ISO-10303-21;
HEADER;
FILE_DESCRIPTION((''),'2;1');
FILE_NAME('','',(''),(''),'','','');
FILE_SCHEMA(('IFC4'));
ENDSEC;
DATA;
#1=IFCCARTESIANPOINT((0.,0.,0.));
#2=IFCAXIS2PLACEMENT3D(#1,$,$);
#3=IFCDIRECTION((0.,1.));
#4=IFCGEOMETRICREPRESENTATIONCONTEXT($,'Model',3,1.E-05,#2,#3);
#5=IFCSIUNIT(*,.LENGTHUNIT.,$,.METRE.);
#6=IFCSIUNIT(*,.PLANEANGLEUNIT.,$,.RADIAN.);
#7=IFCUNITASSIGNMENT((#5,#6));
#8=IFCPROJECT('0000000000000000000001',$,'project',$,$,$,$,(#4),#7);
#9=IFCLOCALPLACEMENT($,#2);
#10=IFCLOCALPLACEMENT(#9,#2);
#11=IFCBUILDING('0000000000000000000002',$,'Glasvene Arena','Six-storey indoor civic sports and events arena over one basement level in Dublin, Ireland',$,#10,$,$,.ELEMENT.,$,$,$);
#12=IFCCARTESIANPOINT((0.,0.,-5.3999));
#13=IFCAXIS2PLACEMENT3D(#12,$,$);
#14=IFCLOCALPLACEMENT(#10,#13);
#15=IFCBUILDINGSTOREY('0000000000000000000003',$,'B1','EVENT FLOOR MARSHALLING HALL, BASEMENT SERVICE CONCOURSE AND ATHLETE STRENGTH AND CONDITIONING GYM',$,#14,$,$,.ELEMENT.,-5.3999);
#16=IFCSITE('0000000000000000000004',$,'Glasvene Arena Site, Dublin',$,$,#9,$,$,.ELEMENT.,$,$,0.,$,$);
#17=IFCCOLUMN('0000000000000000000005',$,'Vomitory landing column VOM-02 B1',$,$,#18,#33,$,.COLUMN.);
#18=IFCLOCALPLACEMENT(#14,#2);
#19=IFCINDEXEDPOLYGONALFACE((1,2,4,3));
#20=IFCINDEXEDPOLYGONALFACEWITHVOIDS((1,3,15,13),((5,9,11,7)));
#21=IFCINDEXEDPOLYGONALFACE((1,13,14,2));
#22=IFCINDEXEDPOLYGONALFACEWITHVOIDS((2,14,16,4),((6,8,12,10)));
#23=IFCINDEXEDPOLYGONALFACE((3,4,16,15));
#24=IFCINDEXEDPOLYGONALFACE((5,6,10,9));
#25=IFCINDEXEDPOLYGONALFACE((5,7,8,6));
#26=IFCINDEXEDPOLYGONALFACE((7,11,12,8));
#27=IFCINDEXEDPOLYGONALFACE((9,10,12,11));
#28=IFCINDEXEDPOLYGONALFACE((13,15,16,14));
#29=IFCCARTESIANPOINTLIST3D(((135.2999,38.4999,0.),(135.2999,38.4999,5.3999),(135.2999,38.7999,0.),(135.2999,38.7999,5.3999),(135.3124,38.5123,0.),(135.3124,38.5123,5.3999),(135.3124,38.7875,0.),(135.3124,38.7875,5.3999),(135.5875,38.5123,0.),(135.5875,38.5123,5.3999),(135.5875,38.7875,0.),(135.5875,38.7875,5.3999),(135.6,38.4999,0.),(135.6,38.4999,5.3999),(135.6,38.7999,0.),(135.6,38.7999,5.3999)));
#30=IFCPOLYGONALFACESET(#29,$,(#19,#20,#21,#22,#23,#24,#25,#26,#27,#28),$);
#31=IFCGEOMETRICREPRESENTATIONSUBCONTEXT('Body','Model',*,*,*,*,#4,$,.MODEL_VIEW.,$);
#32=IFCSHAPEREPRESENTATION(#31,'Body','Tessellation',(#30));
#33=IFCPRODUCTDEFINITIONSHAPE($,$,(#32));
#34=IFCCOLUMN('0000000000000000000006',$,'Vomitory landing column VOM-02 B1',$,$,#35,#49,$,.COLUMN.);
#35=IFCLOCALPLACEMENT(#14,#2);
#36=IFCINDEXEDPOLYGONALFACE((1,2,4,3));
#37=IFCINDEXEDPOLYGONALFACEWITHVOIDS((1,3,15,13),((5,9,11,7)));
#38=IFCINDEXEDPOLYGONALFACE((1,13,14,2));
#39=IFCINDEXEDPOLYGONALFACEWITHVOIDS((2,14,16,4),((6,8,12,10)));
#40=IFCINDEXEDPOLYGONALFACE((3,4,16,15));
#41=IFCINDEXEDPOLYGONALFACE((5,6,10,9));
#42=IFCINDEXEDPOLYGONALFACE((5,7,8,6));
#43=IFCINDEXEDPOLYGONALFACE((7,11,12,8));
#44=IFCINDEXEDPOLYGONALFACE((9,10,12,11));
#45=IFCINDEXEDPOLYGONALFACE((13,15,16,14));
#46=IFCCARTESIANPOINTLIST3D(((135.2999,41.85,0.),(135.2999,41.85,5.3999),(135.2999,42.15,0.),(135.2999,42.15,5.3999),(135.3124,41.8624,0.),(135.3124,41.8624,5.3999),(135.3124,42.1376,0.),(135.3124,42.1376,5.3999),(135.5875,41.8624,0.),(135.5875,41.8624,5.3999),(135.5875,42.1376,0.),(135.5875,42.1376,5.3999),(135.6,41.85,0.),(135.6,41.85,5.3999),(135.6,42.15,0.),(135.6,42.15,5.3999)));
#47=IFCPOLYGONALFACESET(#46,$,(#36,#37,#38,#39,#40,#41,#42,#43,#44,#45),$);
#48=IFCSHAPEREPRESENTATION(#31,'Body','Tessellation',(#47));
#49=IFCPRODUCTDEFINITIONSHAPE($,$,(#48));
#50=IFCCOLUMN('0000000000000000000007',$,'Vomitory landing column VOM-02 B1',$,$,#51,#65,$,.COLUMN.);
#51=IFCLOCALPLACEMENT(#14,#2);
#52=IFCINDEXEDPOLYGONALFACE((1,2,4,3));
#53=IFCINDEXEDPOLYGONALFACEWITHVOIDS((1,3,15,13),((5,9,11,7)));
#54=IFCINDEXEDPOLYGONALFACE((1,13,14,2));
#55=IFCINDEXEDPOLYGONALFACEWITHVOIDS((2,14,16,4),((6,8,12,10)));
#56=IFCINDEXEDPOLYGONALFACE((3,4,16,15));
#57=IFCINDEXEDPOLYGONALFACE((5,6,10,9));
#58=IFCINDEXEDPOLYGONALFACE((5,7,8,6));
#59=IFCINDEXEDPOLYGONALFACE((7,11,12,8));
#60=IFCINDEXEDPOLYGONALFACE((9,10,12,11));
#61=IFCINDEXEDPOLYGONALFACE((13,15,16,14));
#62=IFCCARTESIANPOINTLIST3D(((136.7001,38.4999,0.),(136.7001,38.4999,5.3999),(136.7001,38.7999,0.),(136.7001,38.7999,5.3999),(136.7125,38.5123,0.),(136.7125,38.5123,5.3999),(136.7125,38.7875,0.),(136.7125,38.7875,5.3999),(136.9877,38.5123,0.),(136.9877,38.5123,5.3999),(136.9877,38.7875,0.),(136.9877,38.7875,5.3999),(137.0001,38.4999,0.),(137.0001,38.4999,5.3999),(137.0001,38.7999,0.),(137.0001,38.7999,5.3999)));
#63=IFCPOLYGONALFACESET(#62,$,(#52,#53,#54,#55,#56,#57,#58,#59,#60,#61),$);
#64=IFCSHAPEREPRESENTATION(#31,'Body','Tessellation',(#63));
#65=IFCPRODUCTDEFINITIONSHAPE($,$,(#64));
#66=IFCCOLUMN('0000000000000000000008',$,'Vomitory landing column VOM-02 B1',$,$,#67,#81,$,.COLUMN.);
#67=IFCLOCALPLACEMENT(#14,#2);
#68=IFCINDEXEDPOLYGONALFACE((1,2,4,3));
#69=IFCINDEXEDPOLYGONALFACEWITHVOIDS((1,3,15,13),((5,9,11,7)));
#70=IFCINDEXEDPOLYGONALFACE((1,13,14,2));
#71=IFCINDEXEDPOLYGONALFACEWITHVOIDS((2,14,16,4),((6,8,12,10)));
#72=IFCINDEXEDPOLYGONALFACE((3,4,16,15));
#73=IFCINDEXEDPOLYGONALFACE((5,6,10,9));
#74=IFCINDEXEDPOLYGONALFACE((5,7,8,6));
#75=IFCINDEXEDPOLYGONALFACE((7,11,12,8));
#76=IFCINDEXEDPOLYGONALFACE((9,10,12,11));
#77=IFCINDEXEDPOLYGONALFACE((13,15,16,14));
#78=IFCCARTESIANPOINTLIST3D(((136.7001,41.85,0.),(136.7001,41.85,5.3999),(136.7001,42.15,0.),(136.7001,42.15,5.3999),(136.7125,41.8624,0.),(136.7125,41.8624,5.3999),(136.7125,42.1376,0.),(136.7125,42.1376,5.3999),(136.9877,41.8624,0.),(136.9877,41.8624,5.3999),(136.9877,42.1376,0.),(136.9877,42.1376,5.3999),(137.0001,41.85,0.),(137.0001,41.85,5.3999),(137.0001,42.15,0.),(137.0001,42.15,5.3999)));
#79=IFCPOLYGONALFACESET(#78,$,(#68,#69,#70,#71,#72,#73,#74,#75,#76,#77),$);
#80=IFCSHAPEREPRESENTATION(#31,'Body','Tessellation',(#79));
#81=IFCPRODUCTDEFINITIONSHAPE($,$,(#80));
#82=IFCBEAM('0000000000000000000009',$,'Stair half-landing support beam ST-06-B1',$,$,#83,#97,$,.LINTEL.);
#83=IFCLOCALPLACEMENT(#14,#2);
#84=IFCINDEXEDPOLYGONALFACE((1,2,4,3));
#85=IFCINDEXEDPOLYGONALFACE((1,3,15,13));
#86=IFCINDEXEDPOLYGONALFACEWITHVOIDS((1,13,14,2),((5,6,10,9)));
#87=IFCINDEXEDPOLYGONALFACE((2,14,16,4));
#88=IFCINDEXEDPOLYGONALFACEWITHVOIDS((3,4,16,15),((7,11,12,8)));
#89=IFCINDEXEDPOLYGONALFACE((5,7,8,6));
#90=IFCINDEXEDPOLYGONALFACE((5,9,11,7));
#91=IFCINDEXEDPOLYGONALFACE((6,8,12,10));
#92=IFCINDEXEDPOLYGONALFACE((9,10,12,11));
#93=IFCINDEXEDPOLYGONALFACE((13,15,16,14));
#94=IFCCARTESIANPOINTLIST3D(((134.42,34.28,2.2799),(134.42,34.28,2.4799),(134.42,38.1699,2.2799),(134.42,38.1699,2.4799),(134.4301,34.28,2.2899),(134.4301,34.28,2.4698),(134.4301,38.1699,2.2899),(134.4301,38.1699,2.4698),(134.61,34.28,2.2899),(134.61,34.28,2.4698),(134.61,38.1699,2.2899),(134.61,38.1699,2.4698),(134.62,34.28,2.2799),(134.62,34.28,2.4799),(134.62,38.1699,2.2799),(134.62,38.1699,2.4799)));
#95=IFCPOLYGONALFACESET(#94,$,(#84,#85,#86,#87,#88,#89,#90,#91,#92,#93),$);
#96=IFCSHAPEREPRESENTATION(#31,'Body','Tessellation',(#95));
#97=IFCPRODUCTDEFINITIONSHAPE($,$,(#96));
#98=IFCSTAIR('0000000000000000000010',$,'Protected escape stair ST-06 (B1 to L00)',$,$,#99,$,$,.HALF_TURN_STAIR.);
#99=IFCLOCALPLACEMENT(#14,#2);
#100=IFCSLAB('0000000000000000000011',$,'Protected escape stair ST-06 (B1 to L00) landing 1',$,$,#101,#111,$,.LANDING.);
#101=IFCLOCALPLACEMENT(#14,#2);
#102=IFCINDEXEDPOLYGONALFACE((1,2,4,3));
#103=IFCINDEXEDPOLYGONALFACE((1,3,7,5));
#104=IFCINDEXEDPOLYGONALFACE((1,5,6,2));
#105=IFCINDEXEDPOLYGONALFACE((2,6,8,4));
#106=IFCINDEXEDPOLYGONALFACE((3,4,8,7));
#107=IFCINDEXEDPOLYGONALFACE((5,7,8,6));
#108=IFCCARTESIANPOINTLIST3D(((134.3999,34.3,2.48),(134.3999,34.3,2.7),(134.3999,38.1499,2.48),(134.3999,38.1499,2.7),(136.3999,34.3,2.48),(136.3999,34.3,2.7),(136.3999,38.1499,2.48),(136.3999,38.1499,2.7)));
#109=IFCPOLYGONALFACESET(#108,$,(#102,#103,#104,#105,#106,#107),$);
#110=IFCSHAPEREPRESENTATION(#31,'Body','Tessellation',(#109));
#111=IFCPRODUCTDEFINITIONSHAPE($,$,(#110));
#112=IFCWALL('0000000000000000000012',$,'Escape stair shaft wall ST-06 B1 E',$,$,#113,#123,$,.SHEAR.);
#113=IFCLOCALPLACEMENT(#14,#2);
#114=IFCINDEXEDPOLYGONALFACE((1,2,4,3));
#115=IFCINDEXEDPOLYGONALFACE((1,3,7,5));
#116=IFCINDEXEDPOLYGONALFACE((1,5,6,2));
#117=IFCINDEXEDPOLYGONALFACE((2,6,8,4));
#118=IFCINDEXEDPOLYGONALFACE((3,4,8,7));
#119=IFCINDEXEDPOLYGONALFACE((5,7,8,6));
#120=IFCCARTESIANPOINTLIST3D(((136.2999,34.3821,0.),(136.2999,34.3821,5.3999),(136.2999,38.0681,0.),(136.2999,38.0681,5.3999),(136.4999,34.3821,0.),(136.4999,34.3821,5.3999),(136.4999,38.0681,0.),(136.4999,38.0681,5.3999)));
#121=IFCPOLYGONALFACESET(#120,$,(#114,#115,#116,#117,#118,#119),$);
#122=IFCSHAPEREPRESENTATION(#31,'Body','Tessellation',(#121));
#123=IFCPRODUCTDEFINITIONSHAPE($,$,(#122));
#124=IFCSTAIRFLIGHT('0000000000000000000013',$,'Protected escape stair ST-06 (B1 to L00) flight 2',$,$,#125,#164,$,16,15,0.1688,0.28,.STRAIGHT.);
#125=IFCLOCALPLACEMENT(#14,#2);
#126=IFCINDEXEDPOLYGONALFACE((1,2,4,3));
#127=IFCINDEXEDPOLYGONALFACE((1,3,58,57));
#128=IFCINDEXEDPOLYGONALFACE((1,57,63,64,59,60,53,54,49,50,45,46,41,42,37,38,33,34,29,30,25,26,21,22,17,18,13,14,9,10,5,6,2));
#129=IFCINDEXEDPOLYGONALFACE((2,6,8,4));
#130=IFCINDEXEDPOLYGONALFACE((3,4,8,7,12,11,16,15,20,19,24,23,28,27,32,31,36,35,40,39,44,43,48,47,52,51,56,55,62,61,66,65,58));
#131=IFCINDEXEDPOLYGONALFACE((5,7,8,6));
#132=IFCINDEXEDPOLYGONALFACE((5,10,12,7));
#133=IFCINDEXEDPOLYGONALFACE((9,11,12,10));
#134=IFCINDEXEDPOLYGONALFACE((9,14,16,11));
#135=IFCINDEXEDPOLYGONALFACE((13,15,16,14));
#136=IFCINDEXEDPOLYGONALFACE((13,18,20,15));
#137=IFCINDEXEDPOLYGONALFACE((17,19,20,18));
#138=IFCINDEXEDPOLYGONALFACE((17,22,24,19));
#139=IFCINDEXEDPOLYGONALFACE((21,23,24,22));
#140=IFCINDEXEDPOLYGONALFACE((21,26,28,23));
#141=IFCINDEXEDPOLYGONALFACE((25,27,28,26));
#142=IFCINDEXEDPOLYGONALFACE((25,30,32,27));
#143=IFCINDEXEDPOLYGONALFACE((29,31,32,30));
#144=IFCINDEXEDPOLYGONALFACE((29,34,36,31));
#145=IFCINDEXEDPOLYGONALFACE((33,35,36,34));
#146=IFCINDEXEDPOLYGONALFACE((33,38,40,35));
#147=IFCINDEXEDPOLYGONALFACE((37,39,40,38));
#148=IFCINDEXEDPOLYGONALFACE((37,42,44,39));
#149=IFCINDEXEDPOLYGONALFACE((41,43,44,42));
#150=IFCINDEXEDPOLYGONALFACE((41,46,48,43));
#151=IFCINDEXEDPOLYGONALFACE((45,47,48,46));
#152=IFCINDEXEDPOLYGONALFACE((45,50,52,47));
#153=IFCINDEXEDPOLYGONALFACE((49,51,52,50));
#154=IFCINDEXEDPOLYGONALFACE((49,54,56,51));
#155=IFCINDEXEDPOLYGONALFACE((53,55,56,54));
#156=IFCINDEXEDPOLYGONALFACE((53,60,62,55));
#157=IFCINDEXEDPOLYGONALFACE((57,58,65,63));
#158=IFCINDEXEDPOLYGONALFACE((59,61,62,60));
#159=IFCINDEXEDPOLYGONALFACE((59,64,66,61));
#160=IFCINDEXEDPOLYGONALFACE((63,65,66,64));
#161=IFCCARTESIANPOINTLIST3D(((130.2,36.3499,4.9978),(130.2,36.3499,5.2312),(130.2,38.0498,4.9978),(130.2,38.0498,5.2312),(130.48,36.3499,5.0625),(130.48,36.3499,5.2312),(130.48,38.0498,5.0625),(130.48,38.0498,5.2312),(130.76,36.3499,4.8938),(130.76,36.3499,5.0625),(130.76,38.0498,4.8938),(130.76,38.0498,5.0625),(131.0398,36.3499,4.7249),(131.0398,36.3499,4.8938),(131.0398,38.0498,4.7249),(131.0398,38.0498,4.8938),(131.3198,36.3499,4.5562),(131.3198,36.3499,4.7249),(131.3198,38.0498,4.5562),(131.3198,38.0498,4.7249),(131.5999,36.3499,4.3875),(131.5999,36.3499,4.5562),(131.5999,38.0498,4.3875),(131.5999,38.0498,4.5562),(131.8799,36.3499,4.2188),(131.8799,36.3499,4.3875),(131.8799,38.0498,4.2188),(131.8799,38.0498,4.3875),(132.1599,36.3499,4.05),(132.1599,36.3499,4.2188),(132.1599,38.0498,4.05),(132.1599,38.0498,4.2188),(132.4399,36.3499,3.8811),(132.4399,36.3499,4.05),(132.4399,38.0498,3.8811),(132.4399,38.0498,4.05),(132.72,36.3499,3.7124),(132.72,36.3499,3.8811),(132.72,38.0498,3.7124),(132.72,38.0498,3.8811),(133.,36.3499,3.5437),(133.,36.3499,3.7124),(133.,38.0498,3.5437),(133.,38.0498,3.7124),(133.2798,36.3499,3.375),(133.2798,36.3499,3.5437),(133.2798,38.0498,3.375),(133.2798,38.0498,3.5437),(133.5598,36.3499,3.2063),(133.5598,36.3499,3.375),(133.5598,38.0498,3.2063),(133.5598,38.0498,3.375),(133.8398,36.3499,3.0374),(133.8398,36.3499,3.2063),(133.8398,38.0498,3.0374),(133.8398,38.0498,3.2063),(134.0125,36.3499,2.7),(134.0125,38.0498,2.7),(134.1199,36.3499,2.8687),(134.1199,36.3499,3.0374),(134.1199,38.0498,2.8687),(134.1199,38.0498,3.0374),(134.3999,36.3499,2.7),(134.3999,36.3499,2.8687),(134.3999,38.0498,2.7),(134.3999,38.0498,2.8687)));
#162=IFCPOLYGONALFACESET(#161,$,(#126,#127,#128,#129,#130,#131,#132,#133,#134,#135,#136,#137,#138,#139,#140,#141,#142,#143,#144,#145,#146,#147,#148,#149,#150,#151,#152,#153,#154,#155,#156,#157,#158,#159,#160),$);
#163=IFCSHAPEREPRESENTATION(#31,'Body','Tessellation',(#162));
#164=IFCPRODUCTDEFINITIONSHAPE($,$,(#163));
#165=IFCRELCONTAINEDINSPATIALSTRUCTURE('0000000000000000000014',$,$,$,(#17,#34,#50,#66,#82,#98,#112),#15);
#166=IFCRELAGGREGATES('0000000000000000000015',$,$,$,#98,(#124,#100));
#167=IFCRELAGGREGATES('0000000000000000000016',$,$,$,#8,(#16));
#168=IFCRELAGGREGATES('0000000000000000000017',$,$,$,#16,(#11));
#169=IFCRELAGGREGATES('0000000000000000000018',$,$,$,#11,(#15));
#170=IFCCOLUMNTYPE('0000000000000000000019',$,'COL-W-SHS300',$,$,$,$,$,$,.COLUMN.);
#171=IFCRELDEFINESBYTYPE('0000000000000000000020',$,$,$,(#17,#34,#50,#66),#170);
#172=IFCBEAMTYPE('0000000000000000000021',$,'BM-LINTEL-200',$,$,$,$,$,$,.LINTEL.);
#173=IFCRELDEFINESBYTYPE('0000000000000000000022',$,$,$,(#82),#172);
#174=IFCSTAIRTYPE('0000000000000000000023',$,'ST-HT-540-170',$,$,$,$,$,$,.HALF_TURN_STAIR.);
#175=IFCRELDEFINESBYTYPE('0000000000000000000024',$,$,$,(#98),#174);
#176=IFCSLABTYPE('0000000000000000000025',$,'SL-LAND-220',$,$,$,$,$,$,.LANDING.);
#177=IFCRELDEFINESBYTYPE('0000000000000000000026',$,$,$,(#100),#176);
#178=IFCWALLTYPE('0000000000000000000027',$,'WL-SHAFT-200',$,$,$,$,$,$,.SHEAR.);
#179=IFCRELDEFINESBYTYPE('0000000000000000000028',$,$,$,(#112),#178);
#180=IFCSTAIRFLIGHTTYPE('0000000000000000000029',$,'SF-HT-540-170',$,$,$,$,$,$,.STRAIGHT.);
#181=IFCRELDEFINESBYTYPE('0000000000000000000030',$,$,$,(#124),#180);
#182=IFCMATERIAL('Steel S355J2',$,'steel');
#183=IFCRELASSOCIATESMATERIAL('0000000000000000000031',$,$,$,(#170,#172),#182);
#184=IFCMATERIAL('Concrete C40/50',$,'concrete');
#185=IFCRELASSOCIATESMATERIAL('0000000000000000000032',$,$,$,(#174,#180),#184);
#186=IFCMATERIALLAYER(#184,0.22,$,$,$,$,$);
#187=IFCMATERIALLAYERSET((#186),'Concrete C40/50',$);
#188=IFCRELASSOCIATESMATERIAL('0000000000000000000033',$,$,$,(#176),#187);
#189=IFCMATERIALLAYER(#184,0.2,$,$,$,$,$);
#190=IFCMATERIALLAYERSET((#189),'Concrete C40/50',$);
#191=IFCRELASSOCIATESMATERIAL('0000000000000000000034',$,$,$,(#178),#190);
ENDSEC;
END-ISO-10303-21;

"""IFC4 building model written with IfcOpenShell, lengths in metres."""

from ifc_helpers import new_model, si_unit, direction, frame, frame_2d, origin, origin_2d, place, context, subcontext, project, spatial, polyline, rectangle, hollow_rectangle, outline, extrude, material, layer, layer_set, material_profile, profile_set, type_object, element, aggregate, save


model = new_model("IFC4")

# Units and contexts
model_context = context("Model", 3, precision=1e-05, world=origin(), true_north=direction((0.0, 1.0)))
body_context = subcontext(model_context, "Body", "Model", "MODEL_VIEW")
ifc_project = project(units=[si_unit("LENGTHUNIT", "METRE"), si_unit("PLANEANGLEUNIT", "RADIAN")], contexts=[model_context])

# Site, building, storey
site_placement = place(None, origin())
site = spatial("IfcSite", under=ifc_project, at=site_placement, Name="Glasvene Arena Site, Dublin", CompositionType="ELEMENT", RefElevation=0.0)
building_placement = place(site_placement, origin())
building = spatial("IfcBuilding", under=site, at=building_placement, Name="Glasvene Arena", Description="Six-storey indoor civic sports and events arena over one basement level in Dublin, Ireland", CompositionType="ELEMENT")
storey_placement = place(building_placement, frame((0.0, 0.0, -5.3999)))
storey = spatial("IfcBuildingStorey", under=building, at=storey_placement, Name="B1", Description="EVENT FLOOR MARSHALLING HALL, BASEMENT SERVICE CONCOURSE AND ATHLETE STRENGTH AND CONDITIONING GYM", CompositionType="ELEMENT", Elevation=-5.3999)

# Shared definitions
ifc_material_1 = material(Name="Concrete C40/50", Category="concrete")

# Columns
ifc_material_2 = material(Name="Steel S355J2", Category="steel")
ifc_material_profile_1 = material_profile(ifc_material_2, hollow_rectangle(XDim=0.3, YDim=0.3, WallThickness=0.0125, at=origin_2d()), Name="SHS 300x300x12.5")
ifc_profile_set_1 = profile_set([ifc_material_profile_1], Name="Steel S355J2")
column_type_1 = type_object("IfcColumnType", Name="COL-W-SHS300", PredefinedType="COLUMN", material=ifc_profile_set_1)
for number, where, z_axis, x_axis, name in (
    (1, (135.45, 38.6499, 0.0), (0.0, 0.0, 1.0), (1.0, 0.0, 0.0), "Vomitory landing column VOM-02 B1"),
    (2, (135.45, 42.0, 0.0), (0.0, 0.0, 1.0), (1.0, 0.0, 0.0), "Vomitory landing column VOM-02 B1"),
    (3, (136.8501, 38.6499, 0.0), (0.0, 0.0, 1.0), (1.0, 0.0, 0.0), "Vomitory landing column VOM-02 B1"),
    (4, (136.8501, 42.0, 0.0), (0.0, 0.0, 1.0), (1.0, 0.0, 0.0), "Vomitory landing column VOM-02 B1"),
):
    element("IfcColumn", number, at=place(storey_placement, frame(where, z_axis=z_axis, x_axis=x_axis)), inside=storey, type_object=column_type_1, Name=name, PredefinedType="COLUMN", context=body_context, shape_type="SweptSolid", body=[
        extrude(hollow_rectangle(XDim=0.3, YDim=0.3, WallThickness=0.0125, at=origin_2d()), origin(), (0.0, 0.0, 1.0), 5.3999),
    ])

# Beam
ifc_material_profile_2 = material_profile(ifc_material_2, hollow_rectangle(XDim=0.2, YDim=0.2, WallThickness=0.01, at=origin_2d()), Name="SHS 200x200x10.0")
ifc_profile_set_2 = profile_set([ifc_material_profile_2], Name="Steel S355J2")
beam_type = type_object("IfcBeamType", Name="BM-LINTEL-200", PredefinedType="LINTEL", material=ifc_profile_set_2)
beam_placement = place(storey_placement, frame((134.52, 34.28, 2.3799), z_axis=(0.0, 1.0, 0.0), x_axis=(-1.0, 0.0, 0.0)))
element("IfcBeam", 5, at=beam_placement, inside=storey, type_object=beam_type, Name="Stair half-landing support beam ST-06-B1", PredefinedType="LINTEL", context=body_context, shape_type="SweptSolid", body=[
    extrude(hollow_rectangle(XDim=0.2, YDim=0.2, WallThickness=0.01, at=origin_2d()), origin(), (0.0, 0.0, 1.0), 3.8899),
])

# Stair, slab
stair_type = type_object("IfcStairType", Name="ST-HT-540-170", PredefinedType="HALF_TURN_STAIR", material=ifc_material_1)
stair_placement = place(storey_placement, origin())
stair = element("IfcStair", 6, at=stair_placement, inside=storey, type_object=stair_type, Name="Protected escape stair ST-06 (B1 to L00)", PredefinedType="HALF_TURN_STAIR")
ifc_layer_1 = layer(ifc_material_1, 0.22)
ifc_layer_set_1 = layer_set([ifc_layer_1], Name="Concrete C40/50")
slab_type = type_object("IfcSlabType", Name="SL-LAND-220", PredefinedType="LANDING", material=ifc_layer_set_1)
slab_placement = place(storey_placement, frame((135.3999, 36.2251, 2.48)))
slab = element("IfcSlab", 7, at=slab_placement, type_object=slab_type, Name="Protected escape stair ST-06 (B1 to L00) landing 1", PredefinedType="LANDING", context=body_context, shape_type="SweptSolid", body=[
    extrude(outline(polyline([(-1.0, -1.925), (1.0, -1.925), (1.0, 1.9248), (-1.0, 1.9248), (-1.0, -1.925)])), origin(), (0.0, 0.0, 1.0), 0.22),
])

# Wall
ifc_layer_2 = layer(ifc_material_1, 0.2)
ifc_layer_set_2 = layer_set([ifc_layer_2], Name="Concrete C40/50")
wall_type = type_object("IfcWallType", Name="WL-SHAFT-200", PredefinedType="SHEAR", material=ifc_layer_set_2)
wall_placement = place(storey_placement, frame((136.3999, 34.3821, 0.0), z_axis=(0.0, 0.0, 1.0), x_axis=(0.0, 1.0, 0.0)))
element("IfcWall", 8, at=wall_placement, inside=storey, type_object=wall_type, Name="Escape stair shaft wall ST-06 B1 E", PredefinedType="SHEAR", context=body_context, shape_type="SweptSolid", body=[
    extrude(rectangle(XDim=3.686, YDim=0.2, at=frame_2d((1.843, 0.0))), origin(), (0.0, 0.0, 1.0), 5.3999),
])

# Stair flight
stair_flight_type = type_object("IfcStairFlightType", Name="SF-HT-540-170", PredefinedType="STRAIGHT", material=ifc_material_1)
stair_flight_placement = place(storey_placement, frame((134.3999, 37.2, 2.7), z_axis=(0.0, 0.0, 1.0), x_axis=(-1.0, 0.0, 0.0)))
stair_flight = element("IfcStairFlight", 9, at=stair_flight_placement, type_object=stair_flight_type, Name="Protected escape stair ST-06 (B1 to L00) flight 2", NumberOfRisers=16, NumberOfTreads=15, PredefinedType="STRAIGHT", RiserHeight=0.1688, TreadLength=0.28, context=body_context, shape_type="SweptSolid", body=[
    extrude(outline(polyline([(0.0, 0.0), (0.0, 0.1687), (0.28, 0.1687), (0.28, 0.3374), (0.5601, 0.3374), (0.5601, 0.5063), (0.8401, 0.5063), (0.8401, 0.675), (1.1201, 0.675), (1.1201, 0.8438), (1.3999, 0.8438), (1.3999, 1.0125), (1.6799, 1.0125), (1.6799, 1.1812), (1.96, 1.1812), (1.96, 1.3501), (2.24, 1.3501), (2.24, 1.5188), (2.52, 1.5188), (2.52, 1.6875), (2.8, 1.6875), (2.8, 1.8562), (3.0801, 1.8562), (3.0801, 2.0249), (3.3601, 2.0249), (3.3601, 2.1938), (3.6399, 2.1938), (3.6399, 2.3625), (3.9199, 2.3625), (3.9199, 2.5312), (4.2, 2.5312), (4.2, 2.7), (4.2, 2.2979), (0.3875, 0.0), (0.0, 0.0)])), frame((0.0, 0.8501, 0.0), z_axis=(0.0, -1.0, 0.0), x_axis=(1.0, 0.0, 0.0)), (0.0, 0.0, 1.0), 1.7),
])
aggregate(stair, [stair_flight, slab])

save(model, "model.ifc")
